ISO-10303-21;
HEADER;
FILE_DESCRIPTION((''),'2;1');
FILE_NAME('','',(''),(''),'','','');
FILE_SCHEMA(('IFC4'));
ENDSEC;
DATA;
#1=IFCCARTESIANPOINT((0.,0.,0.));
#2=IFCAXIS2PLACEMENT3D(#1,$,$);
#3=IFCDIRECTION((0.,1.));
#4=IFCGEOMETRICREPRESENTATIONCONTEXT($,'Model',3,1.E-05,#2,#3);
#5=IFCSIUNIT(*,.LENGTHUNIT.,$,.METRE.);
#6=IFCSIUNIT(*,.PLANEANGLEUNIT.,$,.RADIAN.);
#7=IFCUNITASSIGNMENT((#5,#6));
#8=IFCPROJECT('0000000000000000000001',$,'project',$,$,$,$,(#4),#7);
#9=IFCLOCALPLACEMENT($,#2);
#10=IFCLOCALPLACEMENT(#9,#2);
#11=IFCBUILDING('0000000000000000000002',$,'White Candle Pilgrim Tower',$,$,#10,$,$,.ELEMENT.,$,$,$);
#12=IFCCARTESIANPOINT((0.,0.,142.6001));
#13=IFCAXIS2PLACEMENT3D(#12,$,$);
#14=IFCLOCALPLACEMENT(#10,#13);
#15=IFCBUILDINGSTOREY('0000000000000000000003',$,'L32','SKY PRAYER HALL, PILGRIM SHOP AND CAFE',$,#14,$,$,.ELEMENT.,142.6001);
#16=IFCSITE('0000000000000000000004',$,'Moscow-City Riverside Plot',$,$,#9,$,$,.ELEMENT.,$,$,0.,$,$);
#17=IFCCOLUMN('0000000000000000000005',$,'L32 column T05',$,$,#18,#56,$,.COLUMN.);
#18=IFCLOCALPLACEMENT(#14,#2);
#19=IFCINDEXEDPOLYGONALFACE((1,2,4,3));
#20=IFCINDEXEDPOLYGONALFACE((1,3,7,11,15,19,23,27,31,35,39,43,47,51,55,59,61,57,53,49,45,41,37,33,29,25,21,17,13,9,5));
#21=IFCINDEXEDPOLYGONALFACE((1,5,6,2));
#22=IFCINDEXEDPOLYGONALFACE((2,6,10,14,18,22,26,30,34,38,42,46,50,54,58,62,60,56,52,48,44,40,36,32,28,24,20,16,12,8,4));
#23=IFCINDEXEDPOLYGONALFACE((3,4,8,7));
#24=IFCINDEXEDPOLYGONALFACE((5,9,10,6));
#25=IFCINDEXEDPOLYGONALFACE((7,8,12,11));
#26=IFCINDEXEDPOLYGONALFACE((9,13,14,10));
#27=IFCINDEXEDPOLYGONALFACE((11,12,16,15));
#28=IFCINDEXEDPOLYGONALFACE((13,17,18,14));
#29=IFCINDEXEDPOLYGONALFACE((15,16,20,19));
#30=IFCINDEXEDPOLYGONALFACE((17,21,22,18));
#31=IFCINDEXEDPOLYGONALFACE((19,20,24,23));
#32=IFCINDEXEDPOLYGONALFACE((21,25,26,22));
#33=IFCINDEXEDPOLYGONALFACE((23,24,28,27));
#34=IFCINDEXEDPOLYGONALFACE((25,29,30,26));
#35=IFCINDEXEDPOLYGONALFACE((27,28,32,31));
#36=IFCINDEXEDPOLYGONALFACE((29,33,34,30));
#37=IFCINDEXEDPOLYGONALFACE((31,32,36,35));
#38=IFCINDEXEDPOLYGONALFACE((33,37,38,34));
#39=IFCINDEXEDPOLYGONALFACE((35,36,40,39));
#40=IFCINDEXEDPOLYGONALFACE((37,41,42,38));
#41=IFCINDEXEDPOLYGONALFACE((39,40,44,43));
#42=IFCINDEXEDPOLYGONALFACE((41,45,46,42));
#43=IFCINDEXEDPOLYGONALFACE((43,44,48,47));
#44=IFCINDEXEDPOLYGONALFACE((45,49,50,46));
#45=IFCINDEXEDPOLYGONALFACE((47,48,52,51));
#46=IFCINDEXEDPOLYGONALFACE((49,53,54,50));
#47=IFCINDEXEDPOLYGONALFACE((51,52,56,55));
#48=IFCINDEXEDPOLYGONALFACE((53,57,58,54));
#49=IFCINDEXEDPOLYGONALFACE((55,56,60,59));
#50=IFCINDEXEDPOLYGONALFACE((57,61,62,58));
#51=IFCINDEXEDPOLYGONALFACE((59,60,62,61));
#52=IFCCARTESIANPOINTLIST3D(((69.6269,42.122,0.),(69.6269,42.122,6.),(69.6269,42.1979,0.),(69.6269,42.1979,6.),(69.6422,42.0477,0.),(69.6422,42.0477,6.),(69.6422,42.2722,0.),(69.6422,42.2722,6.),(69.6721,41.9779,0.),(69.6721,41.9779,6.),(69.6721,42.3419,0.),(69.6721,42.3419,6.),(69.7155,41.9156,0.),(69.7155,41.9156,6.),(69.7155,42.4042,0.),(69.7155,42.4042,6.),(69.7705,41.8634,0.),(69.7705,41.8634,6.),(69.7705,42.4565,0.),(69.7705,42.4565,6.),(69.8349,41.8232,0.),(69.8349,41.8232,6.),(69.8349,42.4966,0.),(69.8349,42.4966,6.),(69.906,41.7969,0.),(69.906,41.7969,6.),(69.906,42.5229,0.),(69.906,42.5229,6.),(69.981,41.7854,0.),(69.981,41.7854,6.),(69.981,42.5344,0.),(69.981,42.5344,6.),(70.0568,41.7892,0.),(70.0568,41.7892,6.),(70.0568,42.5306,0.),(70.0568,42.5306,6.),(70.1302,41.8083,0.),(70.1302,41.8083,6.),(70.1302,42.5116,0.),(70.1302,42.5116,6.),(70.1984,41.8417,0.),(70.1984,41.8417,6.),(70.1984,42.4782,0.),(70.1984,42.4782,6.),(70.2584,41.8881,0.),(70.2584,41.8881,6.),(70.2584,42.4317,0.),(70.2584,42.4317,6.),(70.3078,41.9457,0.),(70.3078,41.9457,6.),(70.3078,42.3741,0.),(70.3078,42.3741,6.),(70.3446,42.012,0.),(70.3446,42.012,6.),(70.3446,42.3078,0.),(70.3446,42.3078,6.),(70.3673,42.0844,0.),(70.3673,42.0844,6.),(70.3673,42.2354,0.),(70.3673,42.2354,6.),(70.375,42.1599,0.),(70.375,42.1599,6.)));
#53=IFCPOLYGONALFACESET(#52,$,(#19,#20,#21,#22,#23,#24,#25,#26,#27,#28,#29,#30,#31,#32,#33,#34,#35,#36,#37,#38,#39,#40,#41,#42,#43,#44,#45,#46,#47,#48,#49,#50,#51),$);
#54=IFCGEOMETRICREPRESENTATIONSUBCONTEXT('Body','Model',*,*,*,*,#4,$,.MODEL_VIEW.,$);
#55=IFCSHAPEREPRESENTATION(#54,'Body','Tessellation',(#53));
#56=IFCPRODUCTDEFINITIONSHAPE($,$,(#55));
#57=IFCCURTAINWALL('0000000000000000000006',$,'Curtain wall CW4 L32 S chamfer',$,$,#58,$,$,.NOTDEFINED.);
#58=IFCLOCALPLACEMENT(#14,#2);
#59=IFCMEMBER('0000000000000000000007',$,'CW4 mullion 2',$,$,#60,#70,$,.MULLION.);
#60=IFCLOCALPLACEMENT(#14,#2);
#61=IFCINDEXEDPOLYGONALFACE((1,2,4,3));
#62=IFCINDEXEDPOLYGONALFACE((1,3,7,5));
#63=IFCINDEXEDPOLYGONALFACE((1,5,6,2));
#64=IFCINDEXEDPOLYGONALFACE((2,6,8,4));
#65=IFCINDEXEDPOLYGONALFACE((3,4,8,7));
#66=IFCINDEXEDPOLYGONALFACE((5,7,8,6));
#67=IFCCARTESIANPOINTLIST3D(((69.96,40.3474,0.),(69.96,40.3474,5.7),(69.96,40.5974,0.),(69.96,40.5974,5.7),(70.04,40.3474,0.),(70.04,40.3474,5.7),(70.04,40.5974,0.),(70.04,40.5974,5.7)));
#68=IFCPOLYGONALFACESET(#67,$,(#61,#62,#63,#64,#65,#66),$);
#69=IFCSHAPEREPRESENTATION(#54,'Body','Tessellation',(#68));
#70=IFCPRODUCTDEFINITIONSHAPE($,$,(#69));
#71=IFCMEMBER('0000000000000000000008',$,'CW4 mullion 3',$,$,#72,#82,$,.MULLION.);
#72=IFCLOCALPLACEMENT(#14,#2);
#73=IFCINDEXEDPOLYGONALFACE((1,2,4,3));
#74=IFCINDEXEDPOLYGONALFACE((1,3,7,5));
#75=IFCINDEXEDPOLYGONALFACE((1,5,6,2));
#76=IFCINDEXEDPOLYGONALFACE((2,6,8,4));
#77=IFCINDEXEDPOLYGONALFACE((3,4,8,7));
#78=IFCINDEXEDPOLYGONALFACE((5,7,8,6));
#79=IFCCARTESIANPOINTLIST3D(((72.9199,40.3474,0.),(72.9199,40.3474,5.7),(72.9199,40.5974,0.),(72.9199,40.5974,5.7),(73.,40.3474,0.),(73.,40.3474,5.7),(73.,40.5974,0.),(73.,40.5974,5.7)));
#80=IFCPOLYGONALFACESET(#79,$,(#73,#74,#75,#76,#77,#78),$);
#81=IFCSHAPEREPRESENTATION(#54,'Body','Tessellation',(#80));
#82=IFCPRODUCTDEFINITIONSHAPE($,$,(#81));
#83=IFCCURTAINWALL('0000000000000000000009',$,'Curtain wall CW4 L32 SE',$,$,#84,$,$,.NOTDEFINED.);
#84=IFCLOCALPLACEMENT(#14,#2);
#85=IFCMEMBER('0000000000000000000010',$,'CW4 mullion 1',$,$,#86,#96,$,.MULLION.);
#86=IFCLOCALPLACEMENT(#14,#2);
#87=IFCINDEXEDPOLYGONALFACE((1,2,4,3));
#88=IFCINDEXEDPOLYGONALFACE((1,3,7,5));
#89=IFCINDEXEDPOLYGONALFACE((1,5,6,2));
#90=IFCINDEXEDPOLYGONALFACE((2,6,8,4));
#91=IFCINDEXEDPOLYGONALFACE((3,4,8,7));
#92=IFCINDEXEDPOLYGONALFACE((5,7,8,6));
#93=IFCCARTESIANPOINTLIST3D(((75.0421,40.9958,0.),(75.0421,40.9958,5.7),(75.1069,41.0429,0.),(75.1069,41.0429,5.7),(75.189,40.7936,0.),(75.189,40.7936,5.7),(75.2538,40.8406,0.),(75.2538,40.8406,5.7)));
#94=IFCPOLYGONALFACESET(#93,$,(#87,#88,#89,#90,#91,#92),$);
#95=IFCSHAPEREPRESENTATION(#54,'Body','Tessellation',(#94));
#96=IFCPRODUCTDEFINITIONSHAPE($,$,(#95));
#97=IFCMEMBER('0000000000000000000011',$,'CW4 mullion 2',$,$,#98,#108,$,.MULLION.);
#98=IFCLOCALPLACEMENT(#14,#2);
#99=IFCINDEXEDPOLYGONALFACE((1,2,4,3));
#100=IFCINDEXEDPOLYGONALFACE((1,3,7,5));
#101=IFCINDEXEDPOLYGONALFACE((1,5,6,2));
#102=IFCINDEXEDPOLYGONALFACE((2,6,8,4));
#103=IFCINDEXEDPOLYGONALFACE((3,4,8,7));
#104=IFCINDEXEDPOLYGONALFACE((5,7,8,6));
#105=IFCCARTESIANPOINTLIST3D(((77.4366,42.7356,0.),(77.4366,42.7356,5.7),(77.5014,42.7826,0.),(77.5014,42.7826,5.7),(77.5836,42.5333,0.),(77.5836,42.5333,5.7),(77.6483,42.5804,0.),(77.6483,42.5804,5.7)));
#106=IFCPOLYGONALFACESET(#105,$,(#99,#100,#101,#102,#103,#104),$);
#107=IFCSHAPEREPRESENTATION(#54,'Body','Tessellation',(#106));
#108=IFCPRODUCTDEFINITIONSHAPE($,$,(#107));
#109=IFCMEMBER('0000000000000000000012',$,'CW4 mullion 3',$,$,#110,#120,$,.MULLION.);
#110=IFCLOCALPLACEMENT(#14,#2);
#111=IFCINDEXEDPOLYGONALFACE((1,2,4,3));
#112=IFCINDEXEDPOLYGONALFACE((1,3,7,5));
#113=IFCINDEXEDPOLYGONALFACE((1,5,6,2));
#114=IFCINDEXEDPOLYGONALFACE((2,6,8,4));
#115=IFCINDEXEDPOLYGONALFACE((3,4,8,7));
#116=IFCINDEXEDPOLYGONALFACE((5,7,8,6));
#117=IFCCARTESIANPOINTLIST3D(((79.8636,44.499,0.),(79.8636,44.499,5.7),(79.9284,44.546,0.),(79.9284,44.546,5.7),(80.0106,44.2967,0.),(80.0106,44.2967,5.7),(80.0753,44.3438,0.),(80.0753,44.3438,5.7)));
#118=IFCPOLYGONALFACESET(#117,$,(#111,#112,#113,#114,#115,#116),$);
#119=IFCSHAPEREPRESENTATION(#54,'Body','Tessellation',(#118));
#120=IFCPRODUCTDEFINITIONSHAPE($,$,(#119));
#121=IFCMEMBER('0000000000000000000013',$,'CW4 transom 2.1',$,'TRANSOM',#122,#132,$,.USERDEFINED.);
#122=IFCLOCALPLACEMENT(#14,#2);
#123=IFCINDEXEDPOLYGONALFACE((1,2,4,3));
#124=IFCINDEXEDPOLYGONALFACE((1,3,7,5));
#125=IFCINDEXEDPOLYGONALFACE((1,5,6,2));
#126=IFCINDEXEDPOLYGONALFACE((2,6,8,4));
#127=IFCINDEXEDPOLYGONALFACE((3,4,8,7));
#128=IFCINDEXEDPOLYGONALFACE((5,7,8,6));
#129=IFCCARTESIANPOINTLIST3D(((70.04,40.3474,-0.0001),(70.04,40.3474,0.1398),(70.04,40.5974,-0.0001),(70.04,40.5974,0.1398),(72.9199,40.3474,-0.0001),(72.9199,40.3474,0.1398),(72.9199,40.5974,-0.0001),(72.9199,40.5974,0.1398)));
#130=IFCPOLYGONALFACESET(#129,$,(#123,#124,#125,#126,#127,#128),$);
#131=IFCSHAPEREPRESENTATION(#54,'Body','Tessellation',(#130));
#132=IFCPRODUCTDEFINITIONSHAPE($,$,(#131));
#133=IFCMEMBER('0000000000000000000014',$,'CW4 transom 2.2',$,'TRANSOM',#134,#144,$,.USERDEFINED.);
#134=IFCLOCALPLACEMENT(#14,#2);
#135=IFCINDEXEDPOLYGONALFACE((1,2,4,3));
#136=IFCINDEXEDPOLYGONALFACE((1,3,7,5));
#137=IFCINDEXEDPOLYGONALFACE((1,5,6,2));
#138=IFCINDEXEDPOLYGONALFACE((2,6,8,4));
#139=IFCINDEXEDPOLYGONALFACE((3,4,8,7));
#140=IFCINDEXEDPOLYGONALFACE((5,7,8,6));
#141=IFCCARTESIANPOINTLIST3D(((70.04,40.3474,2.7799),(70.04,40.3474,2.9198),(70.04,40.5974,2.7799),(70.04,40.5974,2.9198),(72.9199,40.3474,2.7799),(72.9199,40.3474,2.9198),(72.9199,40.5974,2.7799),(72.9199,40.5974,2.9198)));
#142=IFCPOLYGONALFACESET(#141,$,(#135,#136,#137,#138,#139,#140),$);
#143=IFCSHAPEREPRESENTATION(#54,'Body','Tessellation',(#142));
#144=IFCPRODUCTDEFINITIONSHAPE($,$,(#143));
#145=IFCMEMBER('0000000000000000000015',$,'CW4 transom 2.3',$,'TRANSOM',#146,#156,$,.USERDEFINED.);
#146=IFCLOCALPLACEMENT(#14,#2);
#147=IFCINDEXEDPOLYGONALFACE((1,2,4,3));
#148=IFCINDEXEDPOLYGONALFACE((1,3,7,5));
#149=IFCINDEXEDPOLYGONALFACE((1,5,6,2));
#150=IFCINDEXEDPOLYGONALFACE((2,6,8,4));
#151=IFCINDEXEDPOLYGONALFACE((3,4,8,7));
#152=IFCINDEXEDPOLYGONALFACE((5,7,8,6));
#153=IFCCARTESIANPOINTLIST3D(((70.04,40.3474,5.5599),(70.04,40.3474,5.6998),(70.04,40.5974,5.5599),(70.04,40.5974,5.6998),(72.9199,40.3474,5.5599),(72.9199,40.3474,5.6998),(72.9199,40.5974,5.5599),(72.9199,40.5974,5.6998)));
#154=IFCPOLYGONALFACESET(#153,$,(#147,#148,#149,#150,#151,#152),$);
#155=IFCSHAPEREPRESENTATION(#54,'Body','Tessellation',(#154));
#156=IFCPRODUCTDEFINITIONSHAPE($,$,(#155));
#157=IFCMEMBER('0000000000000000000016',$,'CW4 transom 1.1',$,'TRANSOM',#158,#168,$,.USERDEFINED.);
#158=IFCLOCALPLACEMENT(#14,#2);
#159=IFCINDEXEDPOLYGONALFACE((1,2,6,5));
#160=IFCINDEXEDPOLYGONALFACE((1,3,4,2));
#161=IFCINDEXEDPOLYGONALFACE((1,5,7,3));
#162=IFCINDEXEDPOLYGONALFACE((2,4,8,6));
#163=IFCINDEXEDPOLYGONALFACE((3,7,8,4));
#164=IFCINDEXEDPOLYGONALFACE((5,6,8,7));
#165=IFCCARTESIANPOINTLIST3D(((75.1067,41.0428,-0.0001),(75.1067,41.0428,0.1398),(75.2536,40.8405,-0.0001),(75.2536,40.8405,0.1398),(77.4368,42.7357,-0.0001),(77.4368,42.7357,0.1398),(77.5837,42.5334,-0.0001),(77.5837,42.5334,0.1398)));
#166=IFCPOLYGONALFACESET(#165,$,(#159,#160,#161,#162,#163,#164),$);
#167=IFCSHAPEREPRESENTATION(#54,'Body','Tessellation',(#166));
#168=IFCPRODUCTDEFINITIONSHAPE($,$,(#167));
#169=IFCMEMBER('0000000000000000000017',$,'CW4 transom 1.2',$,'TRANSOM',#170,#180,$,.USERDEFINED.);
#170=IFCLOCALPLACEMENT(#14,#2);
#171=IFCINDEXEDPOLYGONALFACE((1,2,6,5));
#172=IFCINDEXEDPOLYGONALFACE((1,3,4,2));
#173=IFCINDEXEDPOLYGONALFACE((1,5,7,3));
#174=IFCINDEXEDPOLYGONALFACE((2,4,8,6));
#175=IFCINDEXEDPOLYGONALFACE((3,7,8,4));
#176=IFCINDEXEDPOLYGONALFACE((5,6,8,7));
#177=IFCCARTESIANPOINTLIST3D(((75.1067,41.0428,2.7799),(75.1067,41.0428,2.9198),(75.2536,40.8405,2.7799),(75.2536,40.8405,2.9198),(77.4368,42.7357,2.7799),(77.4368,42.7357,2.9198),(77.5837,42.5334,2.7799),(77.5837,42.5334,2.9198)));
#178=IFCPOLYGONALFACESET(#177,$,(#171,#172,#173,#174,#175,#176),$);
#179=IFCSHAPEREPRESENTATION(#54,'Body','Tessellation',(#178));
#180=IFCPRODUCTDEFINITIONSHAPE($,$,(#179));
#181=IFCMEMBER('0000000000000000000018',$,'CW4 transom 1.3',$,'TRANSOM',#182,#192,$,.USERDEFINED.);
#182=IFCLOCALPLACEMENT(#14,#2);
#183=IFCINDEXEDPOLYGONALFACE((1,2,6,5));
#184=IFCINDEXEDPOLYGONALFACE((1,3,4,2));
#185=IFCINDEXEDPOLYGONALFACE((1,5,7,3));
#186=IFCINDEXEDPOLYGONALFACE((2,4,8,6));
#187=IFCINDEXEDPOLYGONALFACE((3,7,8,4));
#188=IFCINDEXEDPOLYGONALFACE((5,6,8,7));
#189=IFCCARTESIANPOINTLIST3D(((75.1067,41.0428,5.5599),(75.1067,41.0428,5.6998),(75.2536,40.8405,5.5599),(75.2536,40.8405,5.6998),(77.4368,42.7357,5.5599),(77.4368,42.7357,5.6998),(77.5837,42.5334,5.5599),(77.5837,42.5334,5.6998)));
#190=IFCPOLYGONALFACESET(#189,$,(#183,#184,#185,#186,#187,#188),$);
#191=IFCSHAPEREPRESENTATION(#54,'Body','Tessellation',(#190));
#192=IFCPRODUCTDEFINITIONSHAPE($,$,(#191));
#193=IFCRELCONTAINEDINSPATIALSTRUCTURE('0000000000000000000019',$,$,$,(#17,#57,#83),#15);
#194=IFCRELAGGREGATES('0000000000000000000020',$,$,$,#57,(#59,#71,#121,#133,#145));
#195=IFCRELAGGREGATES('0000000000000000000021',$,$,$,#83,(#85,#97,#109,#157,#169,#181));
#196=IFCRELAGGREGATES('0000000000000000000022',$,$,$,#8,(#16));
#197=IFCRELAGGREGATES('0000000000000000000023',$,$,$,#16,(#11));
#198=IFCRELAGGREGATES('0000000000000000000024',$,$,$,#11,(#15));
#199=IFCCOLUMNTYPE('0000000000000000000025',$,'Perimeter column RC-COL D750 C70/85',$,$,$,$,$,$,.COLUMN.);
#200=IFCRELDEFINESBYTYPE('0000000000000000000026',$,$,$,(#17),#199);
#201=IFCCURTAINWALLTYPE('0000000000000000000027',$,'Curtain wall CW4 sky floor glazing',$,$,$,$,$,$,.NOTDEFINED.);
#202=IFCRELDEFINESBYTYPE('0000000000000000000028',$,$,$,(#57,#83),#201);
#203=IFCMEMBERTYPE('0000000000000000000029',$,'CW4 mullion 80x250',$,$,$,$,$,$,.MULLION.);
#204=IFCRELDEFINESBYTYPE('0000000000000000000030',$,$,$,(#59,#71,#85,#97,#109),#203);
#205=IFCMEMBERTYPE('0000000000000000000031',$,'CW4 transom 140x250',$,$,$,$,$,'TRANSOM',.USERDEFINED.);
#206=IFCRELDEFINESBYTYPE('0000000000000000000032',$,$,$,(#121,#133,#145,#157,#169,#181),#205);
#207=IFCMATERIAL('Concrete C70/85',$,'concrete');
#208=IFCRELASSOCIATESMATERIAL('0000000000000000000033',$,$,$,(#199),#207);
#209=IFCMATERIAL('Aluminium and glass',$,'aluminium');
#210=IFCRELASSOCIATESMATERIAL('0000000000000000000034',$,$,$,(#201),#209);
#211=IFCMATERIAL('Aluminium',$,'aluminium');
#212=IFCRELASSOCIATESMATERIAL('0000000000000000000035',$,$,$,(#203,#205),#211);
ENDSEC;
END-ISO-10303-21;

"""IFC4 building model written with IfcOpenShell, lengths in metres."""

from ifc_helpers import new_model, si_unit, direction, frame, origin, origin_2d, place, context, subcontext, project, spatial, rectangle, circle, extrude, material, material_profile, profile_set, type_object, element, aggregate, save


model = new_model("IFC4")

# Units and contexts
model_context = context("Model", 3, precision=1e-05, world=origin(), true_north=direction((0.0, 1.0)))
body_context = subcontext(model_context, "Body", "Model", "MODEL_VIEW")
ifc_project = project(units=[si_unit("LENGTHUNIT", "METRE"), si_unit("PLANEANGLEUNIT", "RADIAN")], contexts=[model_context])

# Site, building, storey
site_placement = place(None, origin())
site = spatial("IfcSite", under=ifc_project, at=site_placement, Name="Moscow-City Riverside Plot", CompositionType="ELEMENT", RefElevation=0.0)
building_placement = place(site_placement, origin())
building = spatial("IfcBuilding", under=site, at=building_placement, Name="White Candle Pilgrim Tower", CompositionType="ELEMENT")
storey_placement = place(building_placement, frame((0.0, 0.0, 142.6001)))
storey = spatial("IfcBuildingStorey", under=building, at=storey_placement, Name="L32", Description="SKY PRAYER HALL, PILGRIM SHOP AND CAFE", CompositionType="ELEMENT", Elevation=142.6001)

# Column
ifc_material_1 = material(Name="Concrete C70/85", Category="concrete")
ifc_material_profile_1 = material_profile(ifc_material_1, circle(Radius=0.375, at=origin_2d()), Name="RC-COL D750")
ifc_profile_set_1 = profile_set([ifc_material_profile_1], Name="Concrete C70/85")
column_type = type_object("IfcColumnType", Name="Perimeter column RC-COL D750 C70/85", PredefinedType="COLUMN", material=ifc_profile_set_1)
column_placement = place(storey_placement, frame((70.0, 42.1599, 0.0), z_axis=(0.0, 0.0, 1.0), x_axis=(1.0, 0.0, 0.0)))
element("IfcColumn", 1, at=column_placement, inside=storey, type_object=column_type, Name="L32 column T05", PredefinedType="COLUMN", context=body_context, shape_type="SweptSolid", body=[
    extrude(circle(Radius=0.375, at=origin_2d()), origin(), (0.0, 0.0, 1.0), 6.0),
])

# Curtain walls, members
ifc_material_2 = material(Name="Aluminium and glass", Category="aluminium")
curtain_wall_type = type_object("IfcCurtainWallType", Name="Curtain wall CW4 sky floor glazing", PredefinedType="NOTDEFINED", material=ifc_material_2)
curtain_wall_1_placement = place(storey_placement, origin())
curtain_wall_1 = element("IfcCurtainWall", 2, at=curtain_wall_1_placement, inside=storey, type_object=curtain_wall_type, Name="Curtain wall CW4 L32 S chamfer", PredefinedType="NOTDEFINED")
ifc_material_3 = material(Name="Aluminium", Category="aluminium")
ifc_material_profile_2 = material_profile(ifc_material_3, rectangle(XDim=0.25, YDim=0.0801, at=origin_2d()), Name="CW4 mullion 80x250")
ifc_profile_set_2 = profile_set([ifc_material_profile_2], Name="Aluminium")
member_type_1 = type_object("IfcMemberType", Name="CW4 mullion 80x250", PredefinedType="MULLION", material=ifc_profile_set_2)
member_1_placement = place(storey_placement, frame((70.0, 40.4724, 0.0), z_axis=(0.0, 0.0, 1.0), x_axis=(0.0, 1.0, 0.0)))
member_1 = element("IfcMember", 3, at=member_1_placement, type_object=member_type_1, Name="CW4 mullion 2", PredefinedType="MULLION", context=body_context, shape_type="SweptSolid", body=[
    extrude(rectangle(XDim=0.25, YDim=0.0801, at=origin_2d()), origin(), (0.0, 0.0, 1.0), 5.7),
])
member_2_placement = place(storey_placement, frame((72.96, 40.4724, 0.0), z_axis=(0.0, 0.0, 1.0), x_axis=(0.0, 1.0, 0.0)))
member_2 = element("IfcMember", 4, at=member_2_placement, type_object=member_type_1, Name="CW4 mullion 3", PredefinedType="MULLION", context=body_context, shape_type="SweptSolid", body=[
    extrude(rectangle(XDim=0.25, YDim=0.0801, at=origin_2d()), origin(), (0.0, 0.0, 1.0), 5.7),
])
curtain_wall_2_placement = place(storey_placement, origin())
curtain_wall_2 = element("IfcCurtainWall", 5, at=curtain_wall_2_placement, inside=storey, type_object=curtain_wall_type, Name="Curtain wall CW4 L32 SE", PredefinedType="NOTDEFINED")
member_3_placement = place(storey_placement, frame((75.1479, 40.9182, 0.0), z_axis=(0.0, 0.0, 1.0), x_axis=(-0.587785, 0.809017, 0.0)))
member_3 = element("IfcMember", 6, at=member_3_placement, type_object=member_type_1, Name="CW4 mullion 1", PredefinedType="MULLION", context=body_context, shape_type="SweptSolid", body=[
    extrude(rectangle(XDim=0.25, YDim=0.0801, at=origin_2d()), origin(), (0.0, 0.0, 1.0), 5.7),
])
member_4_placement = place(storey_placement, frame((77.5425, 42.658, 0.0), z_axis=(0.0, 0.0, 1.0), x_axis=(-0.587785, 0.809017, 0.0)))
member_4 = element("IfcMember", 7, at=member_4_placement, type_object=member_type_1, Name="CW4 mullion 2", PredefinedType="MULLION", context=body_context, shape_type="SweptSolid", body=[
    extrude(rectangle(XDim=0.25, YDim=0.0801, at=origin_2d()), origin(), (0.0, 0.0, 1.0), 5.7),
])
member_5_placement = place(storey_placement, frame((79.9695, 44.4214, 0.0), z_axis=(0.0, 0.0, 1.0), x_axis=(-0.587785, 0.809017, 0.0)))
member_5 = element("IfcMember", 8, at=member_5_placement, type_object=member_type_1, Name="CW4 mullion 3", PredefinedType="MULLION", context=body_context, shape_type="SweptSolid", body=[
    extrude(rectangle(XDim=0.25, YDim=0.0801, at=origin_2d()), origin(), (0.0, 0.0, 1.0), 5.7),
])

# Members
ifc_material_profile_3 = material_profile(ifc_material_3, rectangle(XDim=0.25, YDim=0.1399, at=origin_2d()), Name="CW4 transom 140x250")
ifc_profile_set_3 = profile_set([ifc_material_profile_3], Name="Aluminium")
member_type_2 = type_object("IfcMemberType", Name="CW4 transom 140x250", ElementType="TRANSOM", PredefinedType="USERDEFINED", material=ifc_profile_set_3)
member_6_placement = place(storey_placement, frame((70.04, 40.4724, 0.0698), z_axis=(1.0, 0.0, 0.0), x_axis=(0.0, 1.0, 0.0)))
member_6 = element("IfcMember", 9, at=member_6_placement, type_object=member_type_2, Name="CW4 transom 2.1", ObjectType="TRANSOM", PredefinedType="USERDEFINED", context=body_context, shape_type="SweptSolid", body=[
    extrude(rectangle(XDim=0.25, YDim=0.1399, at=origin_2d()), origin(), (0.0, 0.0, 1.0), 2.8799),
])
member_7_placement = place(storey_placement, frame((70.04, 40.4724, 2.8499), z_axis=(1.0, 0.0, 0.0), x_axis=(0.0, 1.0, 0.0)))
member_7 = element("IfcMember", 10, at=member_7_placement, type_object=member_type_2, Name="CW4 transom 2.2", ObjectType="TRANSOM", PredefinedType="USERDEFINED", context=body_context, shape_type="SweptSolid", body=[
    extrude(rectangle(XDim=0.25, YDim=0.1399, at=origin_2d()), origin(), (0.0, 0.0, 1.0), 2.8799),
])
member_8_placement = place(storey_placement, frame((70.04, 40.4724, 5.6299), z_axis=(1.0, 0.0, 0.0), x_axis=(0.0, 1.0, 0.0)))
member_8 = element("IfcMember", 11, at=member_8_placement, type_object=member_type_2, Name="CW4 transom 2.3", ObjectType="TRANSOM", PredefinedType="USERDEFINED", context=body_context, shape_type="SweptSolid", body=[
    extrude(rectangle(XDim=0.25, YDim=0.1399, at=origin_2d()), origin(), (0.0, 0.0, 1.0), 2.8799),
])
member_9_placement = place(storey_placement, frame((75.1802, 40.9417, 0.0698), z_axis=(0.809022, 0.587778, 0.0), x_axis=(-0.587778, 0.809022, 0.0)))
member_9 = element("IfcMember", 12, at=member_9_placement, type_object=member_type_2, Name="CW4 transom 1.1", ObjectType="TRANSOM", PredefinedType="USERDEFINED", context=body_context, shape_type="SweptSolid", body=[
    extrude(rectangle(XDim=0.25, YDim=0.1399, at=origin_2d()), origin(), (0.0, 0.0, 1.0), 2.8801),
])
member_10_placement = place(storey_placement, frame((75.1802, 40.9417, 2.8499), z_axis=(0.809022, 0.587778, 0.0), x_axis=(-0.587778, 0.809022, 0.0)))
member_10 = element("IfcMember", 13, at=member_10_placement, type_object=member_type_2, Name="CW4 transom 1.2", ObjectType="TRANSOM", PredefinedType="USERDEFINED", context=body_context, shape_type="SweptSolid", body=[
    extrude(rectangle(XDim=0.25, YDim=0.1399, at=origin_2d()), origin(), (0.0, 0.0, 1.0), 2.8801),
])
member_11_placement = place(storey_placement, frame((75.1802, 40.9417, 5.6299), z_axis=(0.809022, 0.587778, 0.0), x_axis=(-0.587778, 0.809022, 0.0)))
member_11 = element("IfcMember", 14, at=member_11_placement, type_object=member_type_2, Name="CW4 transom 1.3", ObjectType="TRANSOM", PredefinedType="USERDEFINED", context=body_context, shape_type="SweptSolid", body=[
    extrude(rectangle(XDim=0.25, YDim=0.1399, at=origin_2d()), origin(), (0.0, 0.0, 1.0), 2.8801),
])

aggregate(curtain_wall_1, [member_1, member_2, member_6, member_7, member_8])
aggregate(curtain_wall_2, [member_3, member_4, member_5, member_9, member_10, member_11])

save(model, "model.ifc")
